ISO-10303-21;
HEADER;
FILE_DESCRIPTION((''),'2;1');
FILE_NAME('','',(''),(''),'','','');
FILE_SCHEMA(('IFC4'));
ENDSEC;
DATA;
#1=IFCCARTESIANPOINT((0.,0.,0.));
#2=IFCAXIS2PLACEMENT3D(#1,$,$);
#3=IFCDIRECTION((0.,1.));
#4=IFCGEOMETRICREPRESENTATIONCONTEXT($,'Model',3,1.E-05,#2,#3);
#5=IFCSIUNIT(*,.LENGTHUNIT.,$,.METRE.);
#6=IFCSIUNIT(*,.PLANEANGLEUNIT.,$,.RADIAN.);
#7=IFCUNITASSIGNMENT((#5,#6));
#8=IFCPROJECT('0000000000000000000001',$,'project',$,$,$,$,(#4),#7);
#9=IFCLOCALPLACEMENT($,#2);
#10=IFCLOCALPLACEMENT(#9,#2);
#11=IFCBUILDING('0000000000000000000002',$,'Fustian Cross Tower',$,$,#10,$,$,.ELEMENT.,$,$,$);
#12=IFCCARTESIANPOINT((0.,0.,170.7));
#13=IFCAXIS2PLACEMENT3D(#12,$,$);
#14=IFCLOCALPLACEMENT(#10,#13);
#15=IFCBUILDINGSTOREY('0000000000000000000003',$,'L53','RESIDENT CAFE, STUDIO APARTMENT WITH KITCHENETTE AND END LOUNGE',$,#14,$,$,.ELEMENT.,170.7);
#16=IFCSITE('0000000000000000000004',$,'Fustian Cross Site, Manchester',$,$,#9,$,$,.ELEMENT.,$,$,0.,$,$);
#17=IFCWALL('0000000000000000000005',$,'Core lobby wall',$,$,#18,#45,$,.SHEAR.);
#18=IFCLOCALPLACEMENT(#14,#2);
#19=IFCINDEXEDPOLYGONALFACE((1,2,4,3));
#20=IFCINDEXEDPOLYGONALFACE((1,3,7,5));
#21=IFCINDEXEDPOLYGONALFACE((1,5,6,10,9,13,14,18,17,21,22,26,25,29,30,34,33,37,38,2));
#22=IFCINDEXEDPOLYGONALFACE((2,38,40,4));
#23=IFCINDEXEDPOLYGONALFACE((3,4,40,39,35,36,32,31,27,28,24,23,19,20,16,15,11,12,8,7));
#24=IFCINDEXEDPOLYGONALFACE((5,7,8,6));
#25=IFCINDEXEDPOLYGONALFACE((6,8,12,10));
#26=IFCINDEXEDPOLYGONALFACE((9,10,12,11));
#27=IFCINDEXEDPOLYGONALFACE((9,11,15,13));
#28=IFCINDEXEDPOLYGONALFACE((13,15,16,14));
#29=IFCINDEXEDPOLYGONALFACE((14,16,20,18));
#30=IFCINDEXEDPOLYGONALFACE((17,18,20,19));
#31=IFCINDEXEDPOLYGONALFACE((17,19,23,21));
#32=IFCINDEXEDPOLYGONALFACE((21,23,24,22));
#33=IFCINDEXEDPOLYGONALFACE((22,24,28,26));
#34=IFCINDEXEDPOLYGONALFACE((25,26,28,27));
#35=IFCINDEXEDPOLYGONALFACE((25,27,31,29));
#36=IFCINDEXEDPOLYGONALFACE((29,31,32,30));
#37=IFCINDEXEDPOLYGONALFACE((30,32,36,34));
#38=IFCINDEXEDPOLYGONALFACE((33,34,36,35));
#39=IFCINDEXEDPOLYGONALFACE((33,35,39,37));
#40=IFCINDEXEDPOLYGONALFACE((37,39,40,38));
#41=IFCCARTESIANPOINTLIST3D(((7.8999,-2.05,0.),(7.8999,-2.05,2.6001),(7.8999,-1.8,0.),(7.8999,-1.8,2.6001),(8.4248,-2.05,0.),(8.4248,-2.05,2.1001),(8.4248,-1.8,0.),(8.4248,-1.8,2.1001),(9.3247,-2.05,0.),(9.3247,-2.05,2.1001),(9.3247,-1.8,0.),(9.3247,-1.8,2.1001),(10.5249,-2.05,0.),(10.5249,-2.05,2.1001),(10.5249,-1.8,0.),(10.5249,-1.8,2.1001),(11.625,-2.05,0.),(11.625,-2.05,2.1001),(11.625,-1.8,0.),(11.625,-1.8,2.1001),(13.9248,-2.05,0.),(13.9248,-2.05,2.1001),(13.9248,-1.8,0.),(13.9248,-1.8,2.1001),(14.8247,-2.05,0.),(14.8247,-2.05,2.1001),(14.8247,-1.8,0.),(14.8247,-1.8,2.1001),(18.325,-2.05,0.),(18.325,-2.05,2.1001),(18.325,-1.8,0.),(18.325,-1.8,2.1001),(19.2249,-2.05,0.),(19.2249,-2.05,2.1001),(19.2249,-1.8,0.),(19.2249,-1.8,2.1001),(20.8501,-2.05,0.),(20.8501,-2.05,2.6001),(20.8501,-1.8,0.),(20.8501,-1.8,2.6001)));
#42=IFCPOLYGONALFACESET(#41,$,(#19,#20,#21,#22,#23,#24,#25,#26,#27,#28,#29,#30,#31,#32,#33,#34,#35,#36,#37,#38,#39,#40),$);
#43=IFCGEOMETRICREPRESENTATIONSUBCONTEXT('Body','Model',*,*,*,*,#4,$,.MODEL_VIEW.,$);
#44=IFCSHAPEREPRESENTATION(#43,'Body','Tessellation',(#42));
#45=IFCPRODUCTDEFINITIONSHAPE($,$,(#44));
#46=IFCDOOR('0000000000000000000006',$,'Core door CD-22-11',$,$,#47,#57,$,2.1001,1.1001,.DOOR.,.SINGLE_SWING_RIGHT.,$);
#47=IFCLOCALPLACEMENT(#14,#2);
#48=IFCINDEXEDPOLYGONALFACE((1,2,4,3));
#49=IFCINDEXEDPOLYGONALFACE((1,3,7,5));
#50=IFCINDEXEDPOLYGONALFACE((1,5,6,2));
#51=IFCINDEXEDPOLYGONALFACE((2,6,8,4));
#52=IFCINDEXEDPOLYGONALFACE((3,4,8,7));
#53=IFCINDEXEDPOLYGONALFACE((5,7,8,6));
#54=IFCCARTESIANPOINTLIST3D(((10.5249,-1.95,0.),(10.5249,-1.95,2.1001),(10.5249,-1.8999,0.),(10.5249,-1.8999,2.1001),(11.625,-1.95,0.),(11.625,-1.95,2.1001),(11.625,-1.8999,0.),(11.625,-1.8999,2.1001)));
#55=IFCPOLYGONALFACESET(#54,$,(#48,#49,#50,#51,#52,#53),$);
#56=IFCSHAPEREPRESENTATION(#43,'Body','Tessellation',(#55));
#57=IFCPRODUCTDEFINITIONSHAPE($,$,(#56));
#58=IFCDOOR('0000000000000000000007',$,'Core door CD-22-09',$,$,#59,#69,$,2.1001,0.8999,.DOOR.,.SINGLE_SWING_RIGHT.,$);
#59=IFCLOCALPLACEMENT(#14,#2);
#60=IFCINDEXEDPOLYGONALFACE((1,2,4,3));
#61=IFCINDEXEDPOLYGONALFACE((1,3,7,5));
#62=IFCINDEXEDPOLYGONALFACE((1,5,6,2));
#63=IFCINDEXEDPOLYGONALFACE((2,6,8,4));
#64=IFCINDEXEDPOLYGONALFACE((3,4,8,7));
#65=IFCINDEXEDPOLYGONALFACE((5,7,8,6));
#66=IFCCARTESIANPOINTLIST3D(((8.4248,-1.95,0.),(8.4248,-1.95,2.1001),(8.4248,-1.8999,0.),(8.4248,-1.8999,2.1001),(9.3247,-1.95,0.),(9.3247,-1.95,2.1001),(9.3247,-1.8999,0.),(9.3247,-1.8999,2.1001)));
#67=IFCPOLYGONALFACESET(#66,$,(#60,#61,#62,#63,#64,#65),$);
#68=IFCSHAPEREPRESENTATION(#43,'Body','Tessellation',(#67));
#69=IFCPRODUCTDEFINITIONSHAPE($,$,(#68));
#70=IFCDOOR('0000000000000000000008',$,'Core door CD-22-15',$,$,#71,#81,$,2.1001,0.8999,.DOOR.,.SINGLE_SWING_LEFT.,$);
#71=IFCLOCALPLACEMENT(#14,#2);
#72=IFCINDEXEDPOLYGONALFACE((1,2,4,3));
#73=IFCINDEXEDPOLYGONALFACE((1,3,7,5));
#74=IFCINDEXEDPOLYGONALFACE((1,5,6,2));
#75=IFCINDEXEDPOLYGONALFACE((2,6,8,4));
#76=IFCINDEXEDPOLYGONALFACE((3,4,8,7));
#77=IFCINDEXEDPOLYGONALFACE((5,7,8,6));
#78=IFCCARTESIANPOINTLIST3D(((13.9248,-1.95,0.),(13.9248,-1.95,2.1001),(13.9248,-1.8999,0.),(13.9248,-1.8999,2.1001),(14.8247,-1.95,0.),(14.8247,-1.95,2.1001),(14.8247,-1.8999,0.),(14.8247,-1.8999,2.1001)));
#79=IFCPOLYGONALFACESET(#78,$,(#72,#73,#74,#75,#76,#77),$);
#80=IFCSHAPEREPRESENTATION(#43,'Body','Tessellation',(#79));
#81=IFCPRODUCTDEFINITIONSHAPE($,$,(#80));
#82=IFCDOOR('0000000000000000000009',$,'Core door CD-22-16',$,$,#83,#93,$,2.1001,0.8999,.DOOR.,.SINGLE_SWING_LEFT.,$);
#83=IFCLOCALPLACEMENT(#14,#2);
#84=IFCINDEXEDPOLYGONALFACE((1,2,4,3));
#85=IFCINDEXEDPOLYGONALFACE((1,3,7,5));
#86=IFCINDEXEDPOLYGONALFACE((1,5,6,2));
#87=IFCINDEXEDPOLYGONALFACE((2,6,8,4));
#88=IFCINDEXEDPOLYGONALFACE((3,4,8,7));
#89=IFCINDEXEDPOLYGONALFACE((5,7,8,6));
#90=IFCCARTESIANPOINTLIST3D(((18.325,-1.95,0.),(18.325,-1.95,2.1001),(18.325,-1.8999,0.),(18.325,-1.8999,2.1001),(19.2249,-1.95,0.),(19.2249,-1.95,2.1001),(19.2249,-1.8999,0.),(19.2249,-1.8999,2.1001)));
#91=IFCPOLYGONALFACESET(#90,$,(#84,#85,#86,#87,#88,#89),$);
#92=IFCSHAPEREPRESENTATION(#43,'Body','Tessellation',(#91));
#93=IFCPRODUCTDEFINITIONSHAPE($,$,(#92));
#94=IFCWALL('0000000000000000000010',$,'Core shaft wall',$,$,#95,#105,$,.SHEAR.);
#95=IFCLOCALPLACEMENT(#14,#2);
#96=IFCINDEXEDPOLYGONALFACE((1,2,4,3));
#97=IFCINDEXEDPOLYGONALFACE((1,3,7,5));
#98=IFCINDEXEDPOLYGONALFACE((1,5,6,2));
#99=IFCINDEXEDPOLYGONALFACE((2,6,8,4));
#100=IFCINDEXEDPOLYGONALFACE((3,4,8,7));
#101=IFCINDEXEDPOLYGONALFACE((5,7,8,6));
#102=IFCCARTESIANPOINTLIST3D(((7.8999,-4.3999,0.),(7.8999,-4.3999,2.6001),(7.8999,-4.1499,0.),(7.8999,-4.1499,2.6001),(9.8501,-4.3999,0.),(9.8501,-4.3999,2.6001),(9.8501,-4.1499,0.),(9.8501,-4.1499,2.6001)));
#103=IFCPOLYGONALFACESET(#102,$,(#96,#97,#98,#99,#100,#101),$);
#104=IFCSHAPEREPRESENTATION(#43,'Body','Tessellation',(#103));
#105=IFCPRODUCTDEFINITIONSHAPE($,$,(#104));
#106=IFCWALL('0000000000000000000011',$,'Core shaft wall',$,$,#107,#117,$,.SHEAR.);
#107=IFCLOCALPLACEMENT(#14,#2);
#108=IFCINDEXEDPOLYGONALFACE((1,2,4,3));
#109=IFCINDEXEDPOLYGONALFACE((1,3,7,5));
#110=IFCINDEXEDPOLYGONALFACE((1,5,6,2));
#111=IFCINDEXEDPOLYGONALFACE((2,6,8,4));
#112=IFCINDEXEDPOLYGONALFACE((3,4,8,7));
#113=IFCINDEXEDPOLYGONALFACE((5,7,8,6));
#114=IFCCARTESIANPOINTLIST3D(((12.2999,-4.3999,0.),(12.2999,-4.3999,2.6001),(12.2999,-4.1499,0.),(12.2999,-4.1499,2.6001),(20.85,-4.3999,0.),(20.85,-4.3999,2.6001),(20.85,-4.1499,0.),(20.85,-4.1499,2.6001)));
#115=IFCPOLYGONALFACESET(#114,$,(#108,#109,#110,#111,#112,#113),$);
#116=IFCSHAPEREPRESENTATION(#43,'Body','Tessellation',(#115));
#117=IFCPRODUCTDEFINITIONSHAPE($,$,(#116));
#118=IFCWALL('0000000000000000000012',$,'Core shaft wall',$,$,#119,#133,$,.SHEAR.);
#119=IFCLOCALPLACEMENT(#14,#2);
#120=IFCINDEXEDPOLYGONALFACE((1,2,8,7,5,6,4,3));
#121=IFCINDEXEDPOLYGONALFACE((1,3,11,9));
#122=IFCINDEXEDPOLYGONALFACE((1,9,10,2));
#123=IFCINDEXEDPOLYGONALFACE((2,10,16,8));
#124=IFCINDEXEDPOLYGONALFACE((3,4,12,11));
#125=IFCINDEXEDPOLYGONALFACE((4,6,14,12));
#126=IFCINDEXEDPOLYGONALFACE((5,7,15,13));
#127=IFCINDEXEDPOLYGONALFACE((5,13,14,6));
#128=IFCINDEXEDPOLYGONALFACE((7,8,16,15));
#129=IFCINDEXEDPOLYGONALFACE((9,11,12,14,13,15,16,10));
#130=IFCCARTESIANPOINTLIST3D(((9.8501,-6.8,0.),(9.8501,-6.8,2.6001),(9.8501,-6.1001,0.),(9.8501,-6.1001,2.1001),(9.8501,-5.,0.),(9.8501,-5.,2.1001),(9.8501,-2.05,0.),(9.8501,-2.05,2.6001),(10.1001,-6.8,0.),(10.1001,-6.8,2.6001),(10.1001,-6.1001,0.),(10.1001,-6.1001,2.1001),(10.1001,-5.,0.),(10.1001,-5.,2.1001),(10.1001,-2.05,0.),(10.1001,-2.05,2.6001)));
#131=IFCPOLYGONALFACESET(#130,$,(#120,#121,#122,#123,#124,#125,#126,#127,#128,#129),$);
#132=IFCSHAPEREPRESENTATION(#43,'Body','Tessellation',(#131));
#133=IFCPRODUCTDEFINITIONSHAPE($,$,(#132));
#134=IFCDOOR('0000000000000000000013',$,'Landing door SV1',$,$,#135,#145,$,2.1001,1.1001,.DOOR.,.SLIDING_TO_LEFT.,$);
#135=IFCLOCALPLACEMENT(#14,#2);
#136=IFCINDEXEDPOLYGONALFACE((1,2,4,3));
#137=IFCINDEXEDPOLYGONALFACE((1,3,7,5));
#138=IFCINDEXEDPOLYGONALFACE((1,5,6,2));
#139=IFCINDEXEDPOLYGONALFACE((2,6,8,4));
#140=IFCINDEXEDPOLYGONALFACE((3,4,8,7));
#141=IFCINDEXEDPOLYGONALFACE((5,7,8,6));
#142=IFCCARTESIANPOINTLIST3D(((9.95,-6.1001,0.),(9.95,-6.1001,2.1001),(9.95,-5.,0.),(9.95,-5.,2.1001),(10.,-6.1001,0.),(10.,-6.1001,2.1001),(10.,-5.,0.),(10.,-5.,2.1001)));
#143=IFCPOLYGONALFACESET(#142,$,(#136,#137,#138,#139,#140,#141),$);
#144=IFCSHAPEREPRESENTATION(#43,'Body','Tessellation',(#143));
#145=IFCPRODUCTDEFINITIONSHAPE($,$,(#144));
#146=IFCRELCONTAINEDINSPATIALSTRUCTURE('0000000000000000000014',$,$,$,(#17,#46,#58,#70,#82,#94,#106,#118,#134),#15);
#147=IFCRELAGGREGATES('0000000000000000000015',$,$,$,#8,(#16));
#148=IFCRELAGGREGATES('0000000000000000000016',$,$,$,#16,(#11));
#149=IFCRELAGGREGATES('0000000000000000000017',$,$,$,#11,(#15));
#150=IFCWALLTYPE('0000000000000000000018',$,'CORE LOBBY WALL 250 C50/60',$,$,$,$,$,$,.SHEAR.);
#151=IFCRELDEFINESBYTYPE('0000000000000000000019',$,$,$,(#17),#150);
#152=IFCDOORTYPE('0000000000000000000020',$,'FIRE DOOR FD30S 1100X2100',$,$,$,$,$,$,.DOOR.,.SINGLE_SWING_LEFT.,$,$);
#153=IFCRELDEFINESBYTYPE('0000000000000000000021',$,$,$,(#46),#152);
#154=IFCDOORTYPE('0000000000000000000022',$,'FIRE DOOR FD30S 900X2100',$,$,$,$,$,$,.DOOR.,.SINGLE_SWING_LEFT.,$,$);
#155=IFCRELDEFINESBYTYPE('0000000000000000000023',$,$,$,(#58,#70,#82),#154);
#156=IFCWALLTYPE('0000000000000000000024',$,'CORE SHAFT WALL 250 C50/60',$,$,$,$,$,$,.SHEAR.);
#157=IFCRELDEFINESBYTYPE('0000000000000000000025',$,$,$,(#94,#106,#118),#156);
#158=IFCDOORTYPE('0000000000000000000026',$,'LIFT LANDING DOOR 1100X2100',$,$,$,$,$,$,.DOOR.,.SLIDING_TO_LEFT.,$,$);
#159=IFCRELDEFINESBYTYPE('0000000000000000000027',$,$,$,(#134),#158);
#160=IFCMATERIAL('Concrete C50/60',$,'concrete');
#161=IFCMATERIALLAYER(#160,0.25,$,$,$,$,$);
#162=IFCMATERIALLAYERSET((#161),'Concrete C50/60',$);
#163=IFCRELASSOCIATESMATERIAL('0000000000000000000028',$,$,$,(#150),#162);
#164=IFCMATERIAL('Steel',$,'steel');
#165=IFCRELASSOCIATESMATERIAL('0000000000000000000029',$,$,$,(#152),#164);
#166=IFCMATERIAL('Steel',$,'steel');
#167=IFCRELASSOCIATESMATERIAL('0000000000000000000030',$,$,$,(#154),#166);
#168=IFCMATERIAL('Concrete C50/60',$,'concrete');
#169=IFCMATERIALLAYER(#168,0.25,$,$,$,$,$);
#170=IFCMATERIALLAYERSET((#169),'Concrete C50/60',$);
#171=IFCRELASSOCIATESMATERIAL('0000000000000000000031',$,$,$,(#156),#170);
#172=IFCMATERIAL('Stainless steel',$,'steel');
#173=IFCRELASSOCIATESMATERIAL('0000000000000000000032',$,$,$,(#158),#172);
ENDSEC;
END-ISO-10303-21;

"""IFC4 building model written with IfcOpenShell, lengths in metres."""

from ifc_helpers import new_model, si_unit, direction, frame, frame_2d, origin, place, context, subcontext, project, spatial, rectangle, extrude, material, layer, layer_set, type_object, element, fill, save


model = new_model("IFC4")

# Units and contexts
model_context = context("Model", 3, precision=1e-05, world=origin(), true_north=direction((0.0, 1.0)))
body_context = subcontext(model_context, "Body", "Model", "MODEL_VIEW")
ifc_project = project(units=[si_unit("LENGTHUNIT", "METRE"), si_unit("PLANEANGLEUNIT", "RADIAN")], contexts=[model_context])

# Site, building, storey
site_placement = place(None, origin())
site = spatial("IfcSite", under=ifc_project, at=site_placement, Name="Fustian Cross Site, Manchester", CompositionType="ELEMENT", RefElevation=0.0)
building_placement = place(site_placement, origin())
building = spatial("IfcBuilding", under=site, at=building_placement, Name="Fustian Cross Tower", CompositionType="ELEMENT")
storey_placement = place(building_placement, frame((0.0, 0.0, 170.7)))
storey = spatial("IfcBuildingStorey", under=building, at=storey_placement, Name="L53", Description="RESIDENT CAFE, STUDIO APARTMENT WITH KITCHENETTE AND END LOUNGE", CompositionType="ELEMENT", Elevation=170.7)

# Wall, openings, doors
ifc_material_1 = material(Name="Concrete C50/60", Category="concrete")
ifc_layer_1 = layer(ifc_material_1, 0.25)
ifc_layer_set_1 = layer_set([ifc_layer_1], Name="Concrete C50/60")
wall_type_1 = type_object("IfcWallType", Name="CORE LOBBY WALL 250 C50/60", PredefinedType="SHEAR", material=ifc_layer_set_1)
wall_1_placement = place(storey_placement, frame((7.8999, -1.925, 0.0), z_axis=(0.0, 0.0, 1.0), x_axis=(1.0, 0.0, 0.0)))
wall_1 = element("IfcWall", 1, at=wall_1_placement, inside=storey, type_object=wall_type_1, Name="Core lobby wall", PredefinedType="SHEAR", context=body_context, shape_type="SweptSolid", body=[
    extrude(rectangle(XDim=12.9502, YDim=0.25, at=frame_2d((6.4751, 0.0))), origin(), (0.0, 0.0, 1.0), 2.6001),
])
opening_1_placement = place(wall_1_placement, frame((0.5249, 0.0, 0.0)))
opening_1 = element("IfcOpeningElement", 2, at=opening_1_placement, cuts=wall_1, PredefinedType="OPENING", context=body_context, shape_type="SweptSolid", body=[
    extrude(rectangle(XDim=0.8999, YDim=2.1001, at=frame_2d((0.45, 1.05))), frame((0.0, 0.135, 0.0), z_axis=(0.0, -1.0, 0.0), x_axis=(1.0, 0.0, 0.0)), (0.0, 0.0, 1.0), 0.27),
])
opening_2_placement = place(wall_1_placement, frame((2.625, 0.0, 0.0)))
opening_2 = element("IfcOpeningElement", 3, at=opening_2_placement, cuts=wall_1, PredefinedType="OPENING", context=body_context, shape_type="SweptSolid", body=[
    extrude(rectangle(XDim=1.1001, YDim=2.1001, at=frame_2d((0.55, 1.05))), frame((0.0, 0.135, 0.0), z_axis=(0.0, -1.0, 0.0), x_axis=(1.0, 0.0, 0.0)), (0.0, 0.0, 1.0), 0.27),
])
opening_3_placement = place(wall_1_placement, frame((6.0249, 0.0, 0.0)))
opening_3 = element("IfcOpeningElement", 4, at=opening_3_placement, cuts=wall_1, PredefinedType="OPENING", context=body_context, shape_type="SweptSolid", body=[
    extrude(rectangle(XDim=0.8999, YDim=2.1001, at=frame_2d((0.45, 1.05))), frame((0.0, 0.135, 0.0), z_axis=(0.0, -1.0, 0.0), x_axis=(1.0, 0.0, 0.0)), (0.0, 0.0, 1.0), 0.27),
])
opening_4_placement = place(wall_1_placement, frame((10.425, 0.0, 0.0)))
opening_4 = element("IfcOpeningElement", 5, at=opening_4_placement, cuts=wall_1, PredefinedType="OPENING", context=body_context, shape_type="SweptSolid", body=[
    extrude(rectangle(XDim=0.8999, YDim=2.1001, at=frame_2d((0.45, 1.05))), frame((0.0, 0.135, 0.0), z_axis=(0.0, -1.0, 0.0), x_axis=(1.0, 0.0, 0.0)), (0.0, 0.0, 1.0), 0.27),
])
ifc_material_2 = material(Name="Steel", Category="steel")
door_type_1 = type_object("IfcDoorType", Name="FIRE DOOR FD30S 1100X2100", OperationType="SINGLE_SWING_LEFT", PredefinedType="DOOR", material=ifc_material_2)
door_1_placement = place(opening_2_placement, frame((1.1001, 0.0, 0.0), z_axis=(0.0, 0.0, 1.0), x_axis=(-1.0, 0.0, 0.0)))
door_1 = element("IfcDoor", 6, at=door_1_placement, inside=storey, type_object=door_type_1, Name="Core door CD-22-11", OperationType="SINGLE_SWING_RIGHT", OverallHeight=2.1001, OverallWidth=1.1001, PredefinedType="DOOR", context=body_context, shape_type="SweptSolid", body=[
    extrude(rectangle(XDim=1.1001, YDim=2.1001, at=frame_2d((0.55, 1.05))), frame((0.0, 0.0249, 0.0), z_axis=(0.0, -1.0, 0.0), x_axis=(1.0, 0.0, 0.0)), (0.0, 0.0, 1.0), 0.05),
])
fill(opening_2, door_1)
ifc_material_3 = material(Name="Steel", Category="steel")
door_type_2 = type_object("IfcDoorType", Name="FIRE DOOR FD30S 900X2100", OperationType="SINGLE_SWING_LEFT", PredefinedType="DOOR", material=ifc_material_3)
door_2_placement = place(opening_1_placement, frame((0.8999, 0.0, 0.0), z_axis=(0.0, 0.0, 1.0), x_axis=(-1.0, 0.0, 0.0)))
door_2 = element("IfcDoor", 7, at=door_2_placement, inside=storey, type_object=door_type_2, Name="Core door CD-22-09", OperationType="SINGLE_SWING_RIGHT", OverallHeight=2.1001, OverallWidth=0.8999, PredefinedType="DOOR", context=body_context, shape_type="SweptSolid", body=[
    extrude(rectangle(XDim=0.8999, YDim=2.1001, at=frame_2d((0.45, 1.05))), frame((0.0, 0.0249, 0.0), z_axis=(0.0, -1.0, 0.0), x_axis=(1.0, 0.0, 0.0)), (0.0, 0.0, 1.0), 0.05),
])
fill(opening_1, door_2)
door_3_placement = place(opening_3_placement, frame((0.8999, 0.0, 0.0), z_axis=(0.0, 0.0, 1.0), x_axis=(-1.0, 0.0, 0.0)))
door_3 = element("IfcDoor", 8, at=door_3_placement, inside=storey, type_object=door_type_2, Name="Core door CD-22-15", OperationType="SINGLE_SWING_LEFT", OverallHeight=2.1001, OverallWidth=0.8999, PredefinedType="DOOR", context=body_context, shape_type="SweptSolid", body=[
    extrude(rectangle(XDim=0.8999, YDim=2.1001, at=frame_2d((0.45, 1.05))), frame((0.0, 0.0249, 0.0), z_axis=(0.0, -1.0, 0.0), x_axis=(1.0, 0.0, 0.0)), (0.0, 0.0, 1.0), 0.05),
])
fill(opening_3, door_3)
door_4_placement = place(opening_4_placement, frame((0.8999, 0.0, 0.0), z_axis=(0.0, 0.0, 1.0), x_axis=(-1.0, 0.0, 0.0)))
door_4 = element("IfcDoor", 9, at=door_4_placement, inside=storey, type_object=door_type_2, Name="Core door CD-22-16", OperationType="SINGLE_SWING_LEFT", OverallHeight=2.1001, OverallWidth=0.8999, PredefinedType="DOOR", context=body_context, shape_type="SweptSolid", body=[
    extrude(rectangle(XDim=0.8999, YDim=2.1001, at=frame_2d((0.45, 1.05))), frame((0.0, 0.0249, 0.0), z_axis=(0.0, -1.0, 0.0), x_axis=(1.0, 0.0, 0.0)), (0.0, 0.0, 1.0), 0.05),
])
fill(opening_4, door_4)

# Walls
ifc_material_4 = material(Name="Concrete C50/60", Category="concrete")
ifc_layer_2 = layer(ifc_material_4, 0.25)
ifc_layer_set_2 = layer_set([ifc_layer_2], Name="Concrete C50/60")
wall_type_2 = type_object("IfcWallType", Name="CORE SHAFT WALL 250 C50/60", PredefinedType="SHEAR", material=ifc_layer_set_2)
wall_2_placement = place(storey_placement, frame((7.8999, -4.2749, 0.0), z_axis=(0.0, 0.0, 1.0), x_axis=(1.0, 0.0, 0.0)))
element("IfcWall", 10, at=wall_2_placement, inside=storey, type_object=wall_type_2, Name="Core shaft wall", PredefinedType="SHEAR", context=body_context, shape_type="SweptSolid", body=[
    extrude(rectangle(XDim=1.9502, YDim=0.25, at=frame_2d((0.9751, 0.0))), origin(), (0.0, 0.0, 1.0), 2.6001),
])
wall_3_placement = place(storey_placement, frame((12.3, -4.2749, 0.0), z_axis=(0.0, 0.0, 1.0), x_axis=(1.0, 0.0, 0.0)))
element("IfcWall", 11, at=wall_3_placement, inside=storey, type_object=wall_type_2, Name="Core shaft wall", PredefinedType="SHEAR", context=body_context, shape_type="SweptSolid", body=[
    extrude(rectangle(XDim=8.55, YDim=0.25, at=frame_2d((4.2749, 0.0))), origin(), (0.0, 0.0, 1.0), 2.6001),
])

# Wall, opening, door
wall_4_placement = place(storey_placement, frame((9.9751, -2.05, 0.0), z_axis=(0.0, 0.0, 1.0), x_axis=(0.0, -1.0, 0.0)))
wall_4 = element("IfcWall", 12, at=wall_4_placement, inside=storey, type_object=wall_type_2, Name="Core shaft wall", PredefinedType="SHEAR", context=body_context, shape_type="SweptSolid", body=[
    extrude(rectangle(XDim=4.75, YDim=0.25, at=frame_2d((2.375, 0.0))), origin(), (0.0, 0.0, 1.0), 2.6001),
])
opening_5_placement = place(wall_4_placement, frame((2.95, 0.0, 0.0)))
opening_5 = element("IfcOpeningElement", 13, at=opening_5_placement, cuts=wall_4, PredefinedType="OPENING", context=body_context, shape_type="SweptSolid", body=[
    extrude(rectangle(XDim=1.1001, YDim=2.1001, at=frame_2d((0.55, 1.05))), frame((0.0, 0.135, 0.0), z_axis=(0.0, -1.0, 0.0), x_axis=(1.0, 0.0, 0.0)), (0.0, 0.0, 1.0), 0.27),
])
ifc_material_5 = material(Name="Stainless steel", Category="steel")
door_type_3 = type_object("IfcDoorType", Name="LIFT LANDING DOOR 1100X2100", OperationType="SLIDING_TO_LEFT", PredefinedType="DOOR", material=ifc_material_5)
door_5_placement = place(opening_5_placement, origin())
door_5 = element("IfcDoor", 14, at=door_5_placement, inside=storey, type_object=door_type_3, Name="Landing door SV1", OperationType="SLIDING_TO_LEFT", OverallHeight=2.1001, OverallWidth=1.1001, PredefinedType="DOOR", context=body_context, shape_type="SweptSolid", body=[
    extrude(rectangle(XDim=1.1001, YDim=2.1001, at=frame_2d((0.55, 1.05))), frame((0.0, 0.0249, 0.0), z_axis=(0.0, -1.0, 0.0), x_axis=(1.0, 0.0, 0.0)), (0.0, 0.0, 1.0), 0.05),
])
fill(opening_5, door_5)

save(model, "model.ifc")
